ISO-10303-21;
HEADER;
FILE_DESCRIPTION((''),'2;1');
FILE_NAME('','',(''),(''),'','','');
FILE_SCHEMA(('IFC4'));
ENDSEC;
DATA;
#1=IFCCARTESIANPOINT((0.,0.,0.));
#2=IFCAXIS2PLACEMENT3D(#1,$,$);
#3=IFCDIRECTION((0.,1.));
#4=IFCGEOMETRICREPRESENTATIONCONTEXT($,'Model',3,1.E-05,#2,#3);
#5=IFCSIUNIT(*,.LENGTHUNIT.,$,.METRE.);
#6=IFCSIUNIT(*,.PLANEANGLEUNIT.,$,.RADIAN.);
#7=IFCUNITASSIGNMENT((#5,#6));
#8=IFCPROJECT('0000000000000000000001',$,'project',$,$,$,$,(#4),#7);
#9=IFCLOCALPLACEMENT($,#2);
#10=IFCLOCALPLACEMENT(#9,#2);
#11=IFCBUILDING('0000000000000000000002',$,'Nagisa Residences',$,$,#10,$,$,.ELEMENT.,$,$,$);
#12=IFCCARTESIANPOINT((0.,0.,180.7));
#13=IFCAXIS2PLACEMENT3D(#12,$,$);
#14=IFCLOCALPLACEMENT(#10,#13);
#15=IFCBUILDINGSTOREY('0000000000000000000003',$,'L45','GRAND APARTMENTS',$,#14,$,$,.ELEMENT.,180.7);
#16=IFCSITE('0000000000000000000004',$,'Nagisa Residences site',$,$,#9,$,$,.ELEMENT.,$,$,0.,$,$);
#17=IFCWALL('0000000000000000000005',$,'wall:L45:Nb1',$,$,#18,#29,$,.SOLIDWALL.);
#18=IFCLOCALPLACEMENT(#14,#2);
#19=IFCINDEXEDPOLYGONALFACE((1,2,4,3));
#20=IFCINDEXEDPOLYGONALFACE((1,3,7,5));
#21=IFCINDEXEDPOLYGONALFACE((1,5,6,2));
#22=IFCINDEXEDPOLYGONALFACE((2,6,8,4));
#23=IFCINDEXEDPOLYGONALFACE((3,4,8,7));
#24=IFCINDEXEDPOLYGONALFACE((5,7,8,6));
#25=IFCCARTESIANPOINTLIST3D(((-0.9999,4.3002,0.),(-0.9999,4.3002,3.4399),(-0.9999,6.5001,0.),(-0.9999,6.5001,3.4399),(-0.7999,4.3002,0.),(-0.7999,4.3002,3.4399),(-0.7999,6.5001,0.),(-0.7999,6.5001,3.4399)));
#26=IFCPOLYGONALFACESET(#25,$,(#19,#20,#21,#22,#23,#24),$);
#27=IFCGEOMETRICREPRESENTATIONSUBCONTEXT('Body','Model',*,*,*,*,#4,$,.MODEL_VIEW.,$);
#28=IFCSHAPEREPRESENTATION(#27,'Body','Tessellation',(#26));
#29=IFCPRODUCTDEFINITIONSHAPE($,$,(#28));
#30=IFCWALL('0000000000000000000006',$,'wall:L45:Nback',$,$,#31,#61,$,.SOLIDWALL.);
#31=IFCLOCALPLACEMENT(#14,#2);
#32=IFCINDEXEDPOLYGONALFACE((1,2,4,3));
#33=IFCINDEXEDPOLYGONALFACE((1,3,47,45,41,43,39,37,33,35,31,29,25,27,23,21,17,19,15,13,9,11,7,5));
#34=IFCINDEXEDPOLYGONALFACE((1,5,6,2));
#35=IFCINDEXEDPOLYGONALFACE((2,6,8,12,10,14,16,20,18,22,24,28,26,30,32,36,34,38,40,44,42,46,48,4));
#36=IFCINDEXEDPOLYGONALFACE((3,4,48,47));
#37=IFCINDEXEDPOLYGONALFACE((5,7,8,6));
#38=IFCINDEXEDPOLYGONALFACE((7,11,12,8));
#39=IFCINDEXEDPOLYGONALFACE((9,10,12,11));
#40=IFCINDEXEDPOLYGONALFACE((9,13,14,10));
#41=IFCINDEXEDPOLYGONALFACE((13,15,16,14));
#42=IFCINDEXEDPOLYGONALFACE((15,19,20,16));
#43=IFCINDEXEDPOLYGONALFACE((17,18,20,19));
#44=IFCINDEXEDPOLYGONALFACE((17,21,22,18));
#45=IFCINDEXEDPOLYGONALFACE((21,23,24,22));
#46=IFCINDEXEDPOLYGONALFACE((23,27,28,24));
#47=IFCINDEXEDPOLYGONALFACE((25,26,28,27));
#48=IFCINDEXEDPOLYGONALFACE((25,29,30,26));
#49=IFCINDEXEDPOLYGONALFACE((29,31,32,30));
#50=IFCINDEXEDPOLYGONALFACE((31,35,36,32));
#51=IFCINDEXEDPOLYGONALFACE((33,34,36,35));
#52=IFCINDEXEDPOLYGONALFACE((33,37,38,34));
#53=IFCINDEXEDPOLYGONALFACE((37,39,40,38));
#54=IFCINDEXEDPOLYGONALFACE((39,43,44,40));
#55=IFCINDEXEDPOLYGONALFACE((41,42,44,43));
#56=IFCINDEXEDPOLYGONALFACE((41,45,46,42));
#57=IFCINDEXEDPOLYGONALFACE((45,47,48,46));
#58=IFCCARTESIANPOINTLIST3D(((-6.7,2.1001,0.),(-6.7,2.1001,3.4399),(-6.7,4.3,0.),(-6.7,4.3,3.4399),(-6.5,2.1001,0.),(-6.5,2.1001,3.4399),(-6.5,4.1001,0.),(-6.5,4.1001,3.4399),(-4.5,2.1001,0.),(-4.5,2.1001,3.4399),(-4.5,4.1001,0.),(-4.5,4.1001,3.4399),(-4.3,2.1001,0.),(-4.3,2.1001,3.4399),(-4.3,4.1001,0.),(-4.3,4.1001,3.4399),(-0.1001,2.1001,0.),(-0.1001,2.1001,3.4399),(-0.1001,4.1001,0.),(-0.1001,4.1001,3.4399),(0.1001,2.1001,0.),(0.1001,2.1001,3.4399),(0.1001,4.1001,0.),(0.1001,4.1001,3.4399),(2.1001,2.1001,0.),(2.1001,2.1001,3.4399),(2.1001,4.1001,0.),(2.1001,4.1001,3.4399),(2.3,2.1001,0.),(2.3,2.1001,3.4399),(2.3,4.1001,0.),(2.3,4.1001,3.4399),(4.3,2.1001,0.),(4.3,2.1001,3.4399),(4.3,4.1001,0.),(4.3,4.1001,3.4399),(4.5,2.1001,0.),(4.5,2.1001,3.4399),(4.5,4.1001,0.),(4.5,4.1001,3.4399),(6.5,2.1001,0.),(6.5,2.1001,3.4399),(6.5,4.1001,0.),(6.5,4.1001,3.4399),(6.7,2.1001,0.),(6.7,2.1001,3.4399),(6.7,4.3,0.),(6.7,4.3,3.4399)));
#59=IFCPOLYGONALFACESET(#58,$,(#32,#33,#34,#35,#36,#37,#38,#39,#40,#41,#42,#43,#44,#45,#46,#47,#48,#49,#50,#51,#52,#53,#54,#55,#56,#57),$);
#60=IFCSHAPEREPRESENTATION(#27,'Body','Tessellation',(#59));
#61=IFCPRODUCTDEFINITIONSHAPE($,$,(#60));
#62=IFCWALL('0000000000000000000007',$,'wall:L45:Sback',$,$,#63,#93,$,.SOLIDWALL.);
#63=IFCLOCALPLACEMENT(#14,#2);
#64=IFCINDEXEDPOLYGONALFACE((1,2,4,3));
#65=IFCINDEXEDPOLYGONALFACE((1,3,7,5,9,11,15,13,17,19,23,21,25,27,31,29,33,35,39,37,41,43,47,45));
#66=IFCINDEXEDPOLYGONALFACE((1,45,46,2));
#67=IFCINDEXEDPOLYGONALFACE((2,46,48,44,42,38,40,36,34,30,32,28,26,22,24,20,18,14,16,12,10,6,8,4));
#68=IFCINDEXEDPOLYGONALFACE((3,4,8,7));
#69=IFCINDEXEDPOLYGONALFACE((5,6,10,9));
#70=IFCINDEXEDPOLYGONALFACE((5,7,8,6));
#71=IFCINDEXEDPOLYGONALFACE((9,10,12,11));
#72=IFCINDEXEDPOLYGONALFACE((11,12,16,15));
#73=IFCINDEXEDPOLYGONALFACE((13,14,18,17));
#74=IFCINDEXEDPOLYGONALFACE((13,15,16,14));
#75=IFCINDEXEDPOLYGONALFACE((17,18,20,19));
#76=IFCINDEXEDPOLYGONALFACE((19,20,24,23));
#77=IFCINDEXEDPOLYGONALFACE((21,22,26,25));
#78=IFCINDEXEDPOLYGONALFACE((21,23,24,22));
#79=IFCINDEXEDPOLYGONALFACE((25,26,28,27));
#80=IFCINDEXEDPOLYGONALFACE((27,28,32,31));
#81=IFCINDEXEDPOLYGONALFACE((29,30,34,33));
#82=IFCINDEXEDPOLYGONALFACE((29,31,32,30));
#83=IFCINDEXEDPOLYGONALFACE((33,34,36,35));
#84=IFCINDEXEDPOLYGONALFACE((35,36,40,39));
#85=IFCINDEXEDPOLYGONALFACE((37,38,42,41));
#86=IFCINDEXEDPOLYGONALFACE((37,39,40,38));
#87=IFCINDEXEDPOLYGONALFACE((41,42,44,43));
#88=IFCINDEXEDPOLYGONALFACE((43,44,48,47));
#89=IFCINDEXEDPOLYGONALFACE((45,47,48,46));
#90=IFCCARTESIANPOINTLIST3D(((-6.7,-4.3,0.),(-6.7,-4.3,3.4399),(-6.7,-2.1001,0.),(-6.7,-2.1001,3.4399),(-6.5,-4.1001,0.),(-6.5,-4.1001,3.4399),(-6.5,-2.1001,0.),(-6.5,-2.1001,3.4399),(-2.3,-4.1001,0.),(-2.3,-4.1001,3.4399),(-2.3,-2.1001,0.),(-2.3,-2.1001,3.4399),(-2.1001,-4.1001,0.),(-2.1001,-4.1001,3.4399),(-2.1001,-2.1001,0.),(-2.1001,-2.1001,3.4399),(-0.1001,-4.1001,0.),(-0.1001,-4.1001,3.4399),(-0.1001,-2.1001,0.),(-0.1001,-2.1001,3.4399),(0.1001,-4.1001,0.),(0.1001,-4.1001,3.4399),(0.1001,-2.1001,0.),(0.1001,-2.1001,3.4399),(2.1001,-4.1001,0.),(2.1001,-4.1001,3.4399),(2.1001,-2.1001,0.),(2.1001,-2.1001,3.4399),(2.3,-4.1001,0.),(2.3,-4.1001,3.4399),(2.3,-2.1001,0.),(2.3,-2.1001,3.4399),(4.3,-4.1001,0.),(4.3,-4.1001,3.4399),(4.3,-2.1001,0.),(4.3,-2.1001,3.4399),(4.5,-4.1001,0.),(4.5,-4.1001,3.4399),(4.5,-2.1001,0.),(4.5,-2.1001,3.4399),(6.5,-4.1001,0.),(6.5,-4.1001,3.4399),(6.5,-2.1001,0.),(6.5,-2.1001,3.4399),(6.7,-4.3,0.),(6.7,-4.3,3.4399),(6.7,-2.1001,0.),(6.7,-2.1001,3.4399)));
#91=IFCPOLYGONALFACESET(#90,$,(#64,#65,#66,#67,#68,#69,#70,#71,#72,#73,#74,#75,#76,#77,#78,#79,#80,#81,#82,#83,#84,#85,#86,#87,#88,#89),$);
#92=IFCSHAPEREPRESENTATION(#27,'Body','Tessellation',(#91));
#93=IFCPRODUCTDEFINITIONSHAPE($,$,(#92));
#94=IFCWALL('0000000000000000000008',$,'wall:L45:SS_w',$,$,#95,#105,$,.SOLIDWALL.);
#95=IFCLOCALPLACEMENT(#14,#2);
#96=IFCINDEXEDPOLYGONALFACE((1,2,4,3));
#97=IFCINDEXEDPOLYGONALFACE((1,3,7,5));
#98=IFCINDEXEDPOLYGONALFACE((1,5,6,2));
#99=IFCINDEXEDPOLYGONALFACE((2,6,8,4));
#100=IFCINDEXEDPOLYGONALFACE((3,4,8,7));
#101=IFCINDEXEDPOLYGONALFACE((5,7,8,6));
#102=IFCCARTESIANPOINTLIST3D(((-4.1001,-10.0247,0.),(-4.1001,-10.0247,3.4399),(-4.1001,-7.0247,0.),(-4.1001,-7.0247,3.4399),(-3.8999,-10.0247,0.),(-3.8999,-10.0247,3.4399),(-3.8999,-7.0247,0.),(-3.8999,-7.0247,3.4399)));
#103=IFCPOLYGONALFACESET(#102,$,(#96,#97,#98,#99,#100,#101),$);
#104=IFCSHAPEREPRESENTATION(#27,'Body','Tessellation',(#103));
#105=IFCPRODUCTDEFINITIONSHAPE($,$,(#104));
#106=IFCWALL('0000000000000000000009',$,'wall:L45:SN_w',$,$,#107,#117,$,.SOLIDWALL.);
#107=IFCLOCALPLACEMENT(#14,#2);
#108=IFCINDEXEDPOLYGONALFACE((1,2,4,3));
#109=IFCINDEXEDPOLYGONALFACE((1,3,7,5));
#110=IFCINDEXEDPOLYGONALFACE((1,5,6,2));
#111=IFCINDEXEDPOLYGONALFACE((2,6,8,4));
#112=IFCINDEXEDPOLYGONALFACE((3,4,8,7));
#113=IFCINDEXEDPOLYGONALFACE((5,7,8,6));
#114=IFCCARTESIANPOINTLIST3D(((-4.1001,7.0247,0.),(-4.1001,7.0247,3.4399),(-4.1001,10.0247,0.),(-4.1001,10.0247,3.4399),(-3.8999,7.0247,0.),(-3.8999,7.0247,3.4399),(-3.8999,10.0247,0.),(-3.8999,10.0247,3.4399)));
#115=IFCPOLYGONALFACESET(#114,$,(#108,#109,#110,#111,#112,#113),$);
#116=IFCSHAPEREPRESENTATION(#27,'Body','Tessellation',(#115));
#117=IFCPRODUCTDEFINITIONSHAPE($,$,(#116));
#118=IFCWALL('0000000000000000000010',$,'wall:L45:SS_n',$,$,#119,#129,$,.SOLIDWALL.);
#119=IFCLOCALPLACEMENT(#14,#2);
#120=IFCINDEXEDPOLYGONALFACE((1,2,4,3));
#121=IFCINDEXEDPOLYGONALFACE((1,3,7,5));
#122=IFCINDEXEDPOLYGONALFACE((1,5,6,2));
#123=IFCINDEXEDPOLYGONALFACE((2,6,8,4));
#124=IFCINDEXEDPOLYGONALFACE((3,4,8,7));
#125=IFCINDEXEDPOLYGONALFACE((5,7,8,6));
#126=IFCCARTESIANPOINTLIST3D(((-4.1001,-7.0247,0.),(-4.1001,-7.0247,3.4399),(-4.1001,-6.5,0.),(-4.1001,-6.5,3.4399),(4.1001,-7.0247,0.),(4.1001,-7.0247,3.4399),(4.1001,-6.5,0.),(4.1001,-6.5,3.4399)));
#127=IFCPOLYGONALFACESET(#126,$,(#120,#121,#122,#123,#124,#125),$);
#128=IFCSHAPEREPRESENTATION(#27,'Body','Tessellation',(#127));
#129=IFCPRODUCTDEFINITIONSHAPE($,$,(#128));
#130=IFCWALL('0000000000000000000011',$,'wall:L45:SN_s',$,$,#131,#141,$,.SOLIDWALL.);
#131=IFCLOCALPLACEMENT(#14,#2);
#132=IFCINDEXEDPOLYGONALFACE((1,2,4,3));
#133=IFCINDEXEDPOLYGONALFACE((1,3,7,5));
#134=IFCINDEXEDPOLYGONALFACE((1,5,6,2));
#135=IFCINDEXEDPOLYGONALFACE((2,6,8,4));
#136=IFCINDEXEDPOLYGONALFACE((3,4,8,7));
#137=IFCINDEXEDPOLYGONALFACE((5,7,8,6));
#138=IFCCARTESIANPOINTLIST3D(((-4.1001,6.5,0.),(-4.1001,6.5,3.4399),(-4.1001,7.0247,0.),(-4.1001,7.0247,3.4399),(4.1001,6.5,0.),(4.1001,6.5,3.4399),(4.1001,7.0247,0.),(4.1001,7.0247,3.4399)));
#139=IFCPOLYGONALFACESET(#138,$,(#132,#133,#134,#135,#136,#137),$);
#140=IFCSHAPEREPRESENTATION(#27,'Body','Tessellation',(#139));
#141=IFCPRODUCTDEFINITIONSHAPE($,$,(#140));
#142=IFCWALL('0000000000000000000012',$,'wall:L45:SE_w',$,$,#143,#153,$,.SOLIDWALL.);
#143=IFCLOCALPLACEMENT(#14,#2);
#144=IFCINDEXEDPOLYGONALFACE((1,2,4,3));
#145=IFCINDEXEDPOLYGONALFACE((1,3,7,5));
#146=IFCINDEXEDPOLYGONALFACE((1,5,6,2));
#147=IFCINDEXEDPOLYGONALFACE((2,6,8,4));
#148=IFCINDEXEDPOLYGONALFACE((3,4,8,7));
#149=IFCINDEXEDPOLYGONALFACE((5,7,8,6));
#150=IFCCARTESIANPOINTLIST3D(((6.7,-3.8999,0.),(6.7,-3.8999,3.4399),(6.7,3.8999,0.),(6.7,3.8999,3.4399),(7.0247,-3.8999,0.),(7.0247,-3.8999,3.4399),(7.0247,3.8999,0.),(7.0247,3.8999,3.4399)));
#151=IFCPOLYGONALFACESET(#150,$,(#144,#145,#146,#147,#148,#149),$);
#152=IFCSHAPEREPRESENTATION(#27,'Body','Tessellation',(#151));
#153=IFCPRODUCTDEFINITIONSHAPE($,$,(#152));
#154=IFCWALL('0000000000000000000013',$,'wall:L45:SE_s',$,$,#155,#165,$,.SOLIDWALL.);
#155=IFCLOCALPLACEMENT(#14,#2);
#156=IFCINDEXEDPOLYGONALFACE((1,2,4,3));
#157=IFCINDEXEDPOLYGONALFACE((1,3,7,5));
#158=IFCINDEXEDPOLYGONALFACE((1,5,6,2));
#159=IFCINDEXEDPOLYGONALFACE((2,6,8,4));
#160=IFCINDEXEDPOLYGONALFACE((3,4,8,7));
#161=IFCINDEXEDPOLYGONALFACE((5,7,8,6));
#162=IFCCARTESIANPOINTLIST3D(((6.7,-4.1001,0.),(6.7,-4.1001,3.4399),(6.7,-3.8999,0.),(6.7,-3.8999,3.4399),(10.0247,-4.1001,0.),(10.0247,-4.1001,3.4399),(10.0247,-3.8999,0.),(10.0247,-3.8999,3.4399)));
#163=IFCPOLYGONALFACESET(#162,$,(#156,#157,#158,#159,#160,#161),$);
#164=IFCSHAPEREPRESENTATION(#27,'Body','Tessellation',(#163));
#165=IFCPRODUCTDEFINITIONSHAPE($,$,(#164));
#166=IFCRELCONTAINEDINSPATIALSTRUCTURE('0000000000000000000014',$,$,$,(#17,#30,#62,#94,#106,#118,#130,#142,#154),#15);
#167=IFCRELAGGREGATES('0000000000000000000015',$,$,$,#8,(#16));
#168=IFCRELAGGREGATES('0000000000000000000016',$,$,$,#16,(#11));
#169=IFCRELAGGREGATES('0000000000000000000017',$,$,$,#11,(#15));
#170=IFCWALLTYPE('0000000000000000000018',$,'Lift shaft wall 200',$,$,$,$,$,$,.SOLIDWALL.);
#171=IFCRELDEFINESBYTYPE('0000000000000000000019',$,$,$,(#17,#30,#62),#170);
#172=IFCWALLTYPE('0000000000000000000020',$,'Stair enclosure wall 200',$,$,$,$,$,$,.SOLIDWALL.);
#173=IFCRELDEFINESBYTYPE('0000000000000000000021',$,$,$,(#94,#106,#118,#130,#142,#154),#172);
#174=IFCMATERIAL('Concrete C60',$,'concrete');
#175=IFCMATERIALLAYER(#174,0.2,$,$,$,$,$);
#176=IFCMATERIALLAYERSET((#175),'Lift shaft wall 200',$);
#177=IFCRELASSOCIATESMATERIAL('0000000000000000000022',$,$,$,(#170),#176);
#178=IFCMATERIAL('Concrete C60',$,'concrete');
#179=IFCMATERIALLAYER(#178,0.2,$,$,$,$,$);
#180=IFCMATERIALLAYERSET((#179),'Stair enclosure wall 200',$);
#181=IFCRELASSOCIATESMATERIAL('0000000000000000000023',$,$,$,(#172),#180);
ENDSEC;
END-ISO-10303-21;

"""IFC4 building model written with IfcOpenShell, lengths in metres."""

from ifc_helpers import new_model, si_unit, direction, frame, frame_2d, origin, place, context, subcontext, project, spatial, polyline, rectangle, outline, extrude, material, layer, layer_set, type_object, element, save


model = new_model("IFC4")

# Units and contexts
model_context = context("Model", 3, precision=1e-05, world=origin(), true_north=direction((0.0, 1.0)))
body_context = subcontext(model_context, "Body", "Model", "MODEL_VIEW")
ifc_project = project(units=[si_unit("LENGTHUNIT", "METRE"), si_unit("PLANEANGLEUNIT", "RADIAN")], contexts=[model_context])

# Site, building, storey
site_placement = place(None, origin())
site = spatial("IfcSite", under=ifc_project, at=site_placement, Name="Nagisa Residences site", CompositionType="ELEMENT", RefElevation=0.0)
building_placement = place(site_placement, origin())
building = spatial("IfcBuilding", under=site, at=building_placement, Name="Nagisa Residences", CompositionType="ELEMENT")
storey_placement = place(building_placement, frame((0.0, 0.0, 180.7)))
storey = spatial("IfcBuildingStorey", under=building, at=storey_placement, Name="L45", Description="GRAND APARTMENTS", CompositionType="ELEMENT", Elevation=180.7)

# Shared definitions
ifc_material_1 = material(Name="Concrete C60", Category="concrete")
ifc_layer_1 = layer(ifc_material_1, 0.2)
ifc_layer_set_1 = layer_set([ifc_layer_1], Name="Lift shaft wall 200")
wall_type_1 = type_object("IfcWallType", Name="Lift shaft wall 200", PredefinedType="SOLIDWALL", material=ifc_layer_set_1)

# Walls
wall_1_placement = place(storey_placement, frame((-0.8999, 4.3, 0.0), z_axis=(0.0, 0.0, 1.0), x_axis=(0.0, 1.0, 0.0)))
element("IfcWall", 1, at=wall_1_placement, inside=storey, type_object=wall_type_1, Name="wall:L45:Nb1", PredefinedType="SOLIDWALL", context=body_context, shape_type="SweptSolid", body=[
    extrude(rectangle(XDim=2.2, YDim=0.2, at=frame_2d((1.1001, 0.0))), origin(), (0.0, 0.0, 1.0), 3.4399),
])
wall_2_placement = place(storey_placement, origin())
element("IfcWall", 2, at=wall_2_placement, inside=storey, type_object=wall_type_1, Name="wall:L45:Nback", PredefinedType="SOLIDWALL", context=body_context, shape_type="SweptSolid", body=[
    extrude(outline(polyline([(-6.7, 4.3), (6.7, 4.3), (6.7, 2.1001), (6.5, 2.1001), (6.5, 4.1001), (4.5, 4.1001), (4.5, 2.1001), (4.3, 2.1001), (4.3, 4.1001), (2.3, 4.1001), (2.3, 2.1001), (2.1001, 2.1001), (2.1001, 4.1001), (0.1001, 4.1001), (0.1001, 2.1001), (-0.1001, 2.1001), (-0.1001, 4.1001), (-4.3, 4.1001), (-4.3, 2.1001), (-4.5, 2.1001), (-4.5, 4.1001), (-6.5, 4.1001), (-6.5, 2.1001), (-6.7, 2.1001), (-6.7, 4.3)])), origin(), (0.0, 0.0, 1.0), 3.4399),
])
wall_3_placement = place(storey_placement, origin())
element("IfcWall", 3, at=wall_3_placement, inside=storey, type_object=wall_type_1, Name="wall:L45:Sback", PredefinedType="SOLIDWALL", context=body_context, shape_type="SweptSolid", body=[
    extrude(outline(polyline([(-6.7, -2.1001), (-6.5, -2.1001), (-6.5, -4.1001), (-2.3, -4.1001), (-2.3, -2.1001), (-2.1001, -2.1001), (-2.1001, -4.1001), (-0.1001, -4.1001), (-0.1001, -2.1001), (0.1001, -2.1001), (0.1001, -4.1001), (2.1001, -4.1001), (2.1001, -2.1001), (2.3, -2.1001), (2.3, -4.1001), (4.3, -4.1001), (4.3, -2.1001), (4.5, -2.1001), (4.5, -4.1001), (6.5, -4.1001), (6.5, -2.1001), (6.7, -2.1001), (6.7, -4.3), (-6.7, -4.3), (-6.7, -2.1001)])), origin(), (0.0, 0.0, 1.0), 3.4399),
])
ifc_material_2 = material(Name="Concrete C60", Category="concrete")
ifc_layer_2 = layer(ifc_material_2, 0.2)
ifc_layer_set_2 = layer_set([ifc_layer_2], Name="Stair enclosure wall 200")
wall_type_2 = type_object("IfcWallType", Name="Stair enclosure wall 200", PredefinedType="SOLIDWALL", material=ifc_layer_set_2)
wall_4_placement = place(storey_placement, origin())
element("IfcWall", 4, at=wall_4_placement, inside=storey, type_object=wall_type_2, Name="wall:L45:SS_w", PredefinedType="SOLIDWALL", context=body_context, shape_type="SweptSolid", body=[
    extrude(outline(polyline([(-3.8999, -10.0247), (-4.1001, -10.0247), (-4.1001, -7.0247), (-3.8999, -7.0247), (-3.8999, -10.0247)])), origin(), (0.0, 0.0, 1.0), 3.4399),
])
wall_5_placement = place(storey_placement, origin())
element("IfcWall", 5, at=wall_5_placement, inside=storey, type_object=wall_type_2, Name="wall:L45:SN_w", PredefinedType="SOLIDWALL", context=body_context, shape_type="SweptSolid", body=[
    extrude(outline(polyline([(-3.8999, 7.0247), (-4.1001, 7.0247), (-4.1001, 10.0247), (-3.8999, 10.0247), (-3.8999, 7.0247)])), origin(), (0.0, 0.0, 1.0), 3.4399),
])
wall_6_placement = place(storey_placement, origin())
element("IfcWall", 6, at=wall_6_placement, inside=storey, type_object=wall_type_2, Name="wall:L45:SS_n", PredefinedType="SOLIDWALL", context=body_context, shape_type="SweptSolid", body=[
    extrude(outline(polyline([(4.1001, -7.0247), (-4.1001, -7.0247), (-4.1001, -6.5), (4.1001, -6.5), (4.1001, -7.0247)])), origin(), (0.0, 0.0, 1.0), 3.4399),
])
wall_7_placement = place(storey_placement, origin())
element("IfcWall", 7, at=wall_7_placement, inside=storey, type_object=wall_type_2, Name="wall:L45:SN_s", PredefinedType="SOLIDWALL", context=body_context, shape_type="SweptSolid", body=[
    extrude(outline(polyline([(4.1001, 6.5), (-4.1001, 6.5), (-4.1001, 7.0247), (4.1001, 7.0247), (4.1001, 6.5)])), origin(), (0.0, 0.0, 1.0), 3.4399),
])
wall_8_placement = place(storey_placement, origin())
element("IfcWall", 8, at=wall_8_placement, inside=storey, type_object=wall_type_2, Name="wall:L45:SE_w", PredefinedType="SOLIDWALL", context=body_context, shape_type="SweptSolid", body=[
    extrude(outline(polyline([(7.0247, -3.8999), (6.7, -3.8999), (6.7, 3.8999), (7.0247, 3.8999), (7.0247, -3.8999)])), origin(), (0.0, 0.0, 1.0), 3.4399),
])
wall_9_placement = place(storey_placement, origin())
element("IfcWall", 9, at=wall_9_placement, inside=storey, type_object=wall_type_2, Name="wall:L45:SE_s", PredefinedType="SOLIDWALL", context=body_context, shape_type="SweptSolid", body=[
    extrude(outline(polyline([(10.0247, -4.1001), (6.7, -4.1001), (6.7, -3.8999), (10.0247, -3.8999), (10.0247, -4.1001)])), origin(), (0.0, 0.0, 1.0), 3.4399),
])

save(model, "model.ifc")
